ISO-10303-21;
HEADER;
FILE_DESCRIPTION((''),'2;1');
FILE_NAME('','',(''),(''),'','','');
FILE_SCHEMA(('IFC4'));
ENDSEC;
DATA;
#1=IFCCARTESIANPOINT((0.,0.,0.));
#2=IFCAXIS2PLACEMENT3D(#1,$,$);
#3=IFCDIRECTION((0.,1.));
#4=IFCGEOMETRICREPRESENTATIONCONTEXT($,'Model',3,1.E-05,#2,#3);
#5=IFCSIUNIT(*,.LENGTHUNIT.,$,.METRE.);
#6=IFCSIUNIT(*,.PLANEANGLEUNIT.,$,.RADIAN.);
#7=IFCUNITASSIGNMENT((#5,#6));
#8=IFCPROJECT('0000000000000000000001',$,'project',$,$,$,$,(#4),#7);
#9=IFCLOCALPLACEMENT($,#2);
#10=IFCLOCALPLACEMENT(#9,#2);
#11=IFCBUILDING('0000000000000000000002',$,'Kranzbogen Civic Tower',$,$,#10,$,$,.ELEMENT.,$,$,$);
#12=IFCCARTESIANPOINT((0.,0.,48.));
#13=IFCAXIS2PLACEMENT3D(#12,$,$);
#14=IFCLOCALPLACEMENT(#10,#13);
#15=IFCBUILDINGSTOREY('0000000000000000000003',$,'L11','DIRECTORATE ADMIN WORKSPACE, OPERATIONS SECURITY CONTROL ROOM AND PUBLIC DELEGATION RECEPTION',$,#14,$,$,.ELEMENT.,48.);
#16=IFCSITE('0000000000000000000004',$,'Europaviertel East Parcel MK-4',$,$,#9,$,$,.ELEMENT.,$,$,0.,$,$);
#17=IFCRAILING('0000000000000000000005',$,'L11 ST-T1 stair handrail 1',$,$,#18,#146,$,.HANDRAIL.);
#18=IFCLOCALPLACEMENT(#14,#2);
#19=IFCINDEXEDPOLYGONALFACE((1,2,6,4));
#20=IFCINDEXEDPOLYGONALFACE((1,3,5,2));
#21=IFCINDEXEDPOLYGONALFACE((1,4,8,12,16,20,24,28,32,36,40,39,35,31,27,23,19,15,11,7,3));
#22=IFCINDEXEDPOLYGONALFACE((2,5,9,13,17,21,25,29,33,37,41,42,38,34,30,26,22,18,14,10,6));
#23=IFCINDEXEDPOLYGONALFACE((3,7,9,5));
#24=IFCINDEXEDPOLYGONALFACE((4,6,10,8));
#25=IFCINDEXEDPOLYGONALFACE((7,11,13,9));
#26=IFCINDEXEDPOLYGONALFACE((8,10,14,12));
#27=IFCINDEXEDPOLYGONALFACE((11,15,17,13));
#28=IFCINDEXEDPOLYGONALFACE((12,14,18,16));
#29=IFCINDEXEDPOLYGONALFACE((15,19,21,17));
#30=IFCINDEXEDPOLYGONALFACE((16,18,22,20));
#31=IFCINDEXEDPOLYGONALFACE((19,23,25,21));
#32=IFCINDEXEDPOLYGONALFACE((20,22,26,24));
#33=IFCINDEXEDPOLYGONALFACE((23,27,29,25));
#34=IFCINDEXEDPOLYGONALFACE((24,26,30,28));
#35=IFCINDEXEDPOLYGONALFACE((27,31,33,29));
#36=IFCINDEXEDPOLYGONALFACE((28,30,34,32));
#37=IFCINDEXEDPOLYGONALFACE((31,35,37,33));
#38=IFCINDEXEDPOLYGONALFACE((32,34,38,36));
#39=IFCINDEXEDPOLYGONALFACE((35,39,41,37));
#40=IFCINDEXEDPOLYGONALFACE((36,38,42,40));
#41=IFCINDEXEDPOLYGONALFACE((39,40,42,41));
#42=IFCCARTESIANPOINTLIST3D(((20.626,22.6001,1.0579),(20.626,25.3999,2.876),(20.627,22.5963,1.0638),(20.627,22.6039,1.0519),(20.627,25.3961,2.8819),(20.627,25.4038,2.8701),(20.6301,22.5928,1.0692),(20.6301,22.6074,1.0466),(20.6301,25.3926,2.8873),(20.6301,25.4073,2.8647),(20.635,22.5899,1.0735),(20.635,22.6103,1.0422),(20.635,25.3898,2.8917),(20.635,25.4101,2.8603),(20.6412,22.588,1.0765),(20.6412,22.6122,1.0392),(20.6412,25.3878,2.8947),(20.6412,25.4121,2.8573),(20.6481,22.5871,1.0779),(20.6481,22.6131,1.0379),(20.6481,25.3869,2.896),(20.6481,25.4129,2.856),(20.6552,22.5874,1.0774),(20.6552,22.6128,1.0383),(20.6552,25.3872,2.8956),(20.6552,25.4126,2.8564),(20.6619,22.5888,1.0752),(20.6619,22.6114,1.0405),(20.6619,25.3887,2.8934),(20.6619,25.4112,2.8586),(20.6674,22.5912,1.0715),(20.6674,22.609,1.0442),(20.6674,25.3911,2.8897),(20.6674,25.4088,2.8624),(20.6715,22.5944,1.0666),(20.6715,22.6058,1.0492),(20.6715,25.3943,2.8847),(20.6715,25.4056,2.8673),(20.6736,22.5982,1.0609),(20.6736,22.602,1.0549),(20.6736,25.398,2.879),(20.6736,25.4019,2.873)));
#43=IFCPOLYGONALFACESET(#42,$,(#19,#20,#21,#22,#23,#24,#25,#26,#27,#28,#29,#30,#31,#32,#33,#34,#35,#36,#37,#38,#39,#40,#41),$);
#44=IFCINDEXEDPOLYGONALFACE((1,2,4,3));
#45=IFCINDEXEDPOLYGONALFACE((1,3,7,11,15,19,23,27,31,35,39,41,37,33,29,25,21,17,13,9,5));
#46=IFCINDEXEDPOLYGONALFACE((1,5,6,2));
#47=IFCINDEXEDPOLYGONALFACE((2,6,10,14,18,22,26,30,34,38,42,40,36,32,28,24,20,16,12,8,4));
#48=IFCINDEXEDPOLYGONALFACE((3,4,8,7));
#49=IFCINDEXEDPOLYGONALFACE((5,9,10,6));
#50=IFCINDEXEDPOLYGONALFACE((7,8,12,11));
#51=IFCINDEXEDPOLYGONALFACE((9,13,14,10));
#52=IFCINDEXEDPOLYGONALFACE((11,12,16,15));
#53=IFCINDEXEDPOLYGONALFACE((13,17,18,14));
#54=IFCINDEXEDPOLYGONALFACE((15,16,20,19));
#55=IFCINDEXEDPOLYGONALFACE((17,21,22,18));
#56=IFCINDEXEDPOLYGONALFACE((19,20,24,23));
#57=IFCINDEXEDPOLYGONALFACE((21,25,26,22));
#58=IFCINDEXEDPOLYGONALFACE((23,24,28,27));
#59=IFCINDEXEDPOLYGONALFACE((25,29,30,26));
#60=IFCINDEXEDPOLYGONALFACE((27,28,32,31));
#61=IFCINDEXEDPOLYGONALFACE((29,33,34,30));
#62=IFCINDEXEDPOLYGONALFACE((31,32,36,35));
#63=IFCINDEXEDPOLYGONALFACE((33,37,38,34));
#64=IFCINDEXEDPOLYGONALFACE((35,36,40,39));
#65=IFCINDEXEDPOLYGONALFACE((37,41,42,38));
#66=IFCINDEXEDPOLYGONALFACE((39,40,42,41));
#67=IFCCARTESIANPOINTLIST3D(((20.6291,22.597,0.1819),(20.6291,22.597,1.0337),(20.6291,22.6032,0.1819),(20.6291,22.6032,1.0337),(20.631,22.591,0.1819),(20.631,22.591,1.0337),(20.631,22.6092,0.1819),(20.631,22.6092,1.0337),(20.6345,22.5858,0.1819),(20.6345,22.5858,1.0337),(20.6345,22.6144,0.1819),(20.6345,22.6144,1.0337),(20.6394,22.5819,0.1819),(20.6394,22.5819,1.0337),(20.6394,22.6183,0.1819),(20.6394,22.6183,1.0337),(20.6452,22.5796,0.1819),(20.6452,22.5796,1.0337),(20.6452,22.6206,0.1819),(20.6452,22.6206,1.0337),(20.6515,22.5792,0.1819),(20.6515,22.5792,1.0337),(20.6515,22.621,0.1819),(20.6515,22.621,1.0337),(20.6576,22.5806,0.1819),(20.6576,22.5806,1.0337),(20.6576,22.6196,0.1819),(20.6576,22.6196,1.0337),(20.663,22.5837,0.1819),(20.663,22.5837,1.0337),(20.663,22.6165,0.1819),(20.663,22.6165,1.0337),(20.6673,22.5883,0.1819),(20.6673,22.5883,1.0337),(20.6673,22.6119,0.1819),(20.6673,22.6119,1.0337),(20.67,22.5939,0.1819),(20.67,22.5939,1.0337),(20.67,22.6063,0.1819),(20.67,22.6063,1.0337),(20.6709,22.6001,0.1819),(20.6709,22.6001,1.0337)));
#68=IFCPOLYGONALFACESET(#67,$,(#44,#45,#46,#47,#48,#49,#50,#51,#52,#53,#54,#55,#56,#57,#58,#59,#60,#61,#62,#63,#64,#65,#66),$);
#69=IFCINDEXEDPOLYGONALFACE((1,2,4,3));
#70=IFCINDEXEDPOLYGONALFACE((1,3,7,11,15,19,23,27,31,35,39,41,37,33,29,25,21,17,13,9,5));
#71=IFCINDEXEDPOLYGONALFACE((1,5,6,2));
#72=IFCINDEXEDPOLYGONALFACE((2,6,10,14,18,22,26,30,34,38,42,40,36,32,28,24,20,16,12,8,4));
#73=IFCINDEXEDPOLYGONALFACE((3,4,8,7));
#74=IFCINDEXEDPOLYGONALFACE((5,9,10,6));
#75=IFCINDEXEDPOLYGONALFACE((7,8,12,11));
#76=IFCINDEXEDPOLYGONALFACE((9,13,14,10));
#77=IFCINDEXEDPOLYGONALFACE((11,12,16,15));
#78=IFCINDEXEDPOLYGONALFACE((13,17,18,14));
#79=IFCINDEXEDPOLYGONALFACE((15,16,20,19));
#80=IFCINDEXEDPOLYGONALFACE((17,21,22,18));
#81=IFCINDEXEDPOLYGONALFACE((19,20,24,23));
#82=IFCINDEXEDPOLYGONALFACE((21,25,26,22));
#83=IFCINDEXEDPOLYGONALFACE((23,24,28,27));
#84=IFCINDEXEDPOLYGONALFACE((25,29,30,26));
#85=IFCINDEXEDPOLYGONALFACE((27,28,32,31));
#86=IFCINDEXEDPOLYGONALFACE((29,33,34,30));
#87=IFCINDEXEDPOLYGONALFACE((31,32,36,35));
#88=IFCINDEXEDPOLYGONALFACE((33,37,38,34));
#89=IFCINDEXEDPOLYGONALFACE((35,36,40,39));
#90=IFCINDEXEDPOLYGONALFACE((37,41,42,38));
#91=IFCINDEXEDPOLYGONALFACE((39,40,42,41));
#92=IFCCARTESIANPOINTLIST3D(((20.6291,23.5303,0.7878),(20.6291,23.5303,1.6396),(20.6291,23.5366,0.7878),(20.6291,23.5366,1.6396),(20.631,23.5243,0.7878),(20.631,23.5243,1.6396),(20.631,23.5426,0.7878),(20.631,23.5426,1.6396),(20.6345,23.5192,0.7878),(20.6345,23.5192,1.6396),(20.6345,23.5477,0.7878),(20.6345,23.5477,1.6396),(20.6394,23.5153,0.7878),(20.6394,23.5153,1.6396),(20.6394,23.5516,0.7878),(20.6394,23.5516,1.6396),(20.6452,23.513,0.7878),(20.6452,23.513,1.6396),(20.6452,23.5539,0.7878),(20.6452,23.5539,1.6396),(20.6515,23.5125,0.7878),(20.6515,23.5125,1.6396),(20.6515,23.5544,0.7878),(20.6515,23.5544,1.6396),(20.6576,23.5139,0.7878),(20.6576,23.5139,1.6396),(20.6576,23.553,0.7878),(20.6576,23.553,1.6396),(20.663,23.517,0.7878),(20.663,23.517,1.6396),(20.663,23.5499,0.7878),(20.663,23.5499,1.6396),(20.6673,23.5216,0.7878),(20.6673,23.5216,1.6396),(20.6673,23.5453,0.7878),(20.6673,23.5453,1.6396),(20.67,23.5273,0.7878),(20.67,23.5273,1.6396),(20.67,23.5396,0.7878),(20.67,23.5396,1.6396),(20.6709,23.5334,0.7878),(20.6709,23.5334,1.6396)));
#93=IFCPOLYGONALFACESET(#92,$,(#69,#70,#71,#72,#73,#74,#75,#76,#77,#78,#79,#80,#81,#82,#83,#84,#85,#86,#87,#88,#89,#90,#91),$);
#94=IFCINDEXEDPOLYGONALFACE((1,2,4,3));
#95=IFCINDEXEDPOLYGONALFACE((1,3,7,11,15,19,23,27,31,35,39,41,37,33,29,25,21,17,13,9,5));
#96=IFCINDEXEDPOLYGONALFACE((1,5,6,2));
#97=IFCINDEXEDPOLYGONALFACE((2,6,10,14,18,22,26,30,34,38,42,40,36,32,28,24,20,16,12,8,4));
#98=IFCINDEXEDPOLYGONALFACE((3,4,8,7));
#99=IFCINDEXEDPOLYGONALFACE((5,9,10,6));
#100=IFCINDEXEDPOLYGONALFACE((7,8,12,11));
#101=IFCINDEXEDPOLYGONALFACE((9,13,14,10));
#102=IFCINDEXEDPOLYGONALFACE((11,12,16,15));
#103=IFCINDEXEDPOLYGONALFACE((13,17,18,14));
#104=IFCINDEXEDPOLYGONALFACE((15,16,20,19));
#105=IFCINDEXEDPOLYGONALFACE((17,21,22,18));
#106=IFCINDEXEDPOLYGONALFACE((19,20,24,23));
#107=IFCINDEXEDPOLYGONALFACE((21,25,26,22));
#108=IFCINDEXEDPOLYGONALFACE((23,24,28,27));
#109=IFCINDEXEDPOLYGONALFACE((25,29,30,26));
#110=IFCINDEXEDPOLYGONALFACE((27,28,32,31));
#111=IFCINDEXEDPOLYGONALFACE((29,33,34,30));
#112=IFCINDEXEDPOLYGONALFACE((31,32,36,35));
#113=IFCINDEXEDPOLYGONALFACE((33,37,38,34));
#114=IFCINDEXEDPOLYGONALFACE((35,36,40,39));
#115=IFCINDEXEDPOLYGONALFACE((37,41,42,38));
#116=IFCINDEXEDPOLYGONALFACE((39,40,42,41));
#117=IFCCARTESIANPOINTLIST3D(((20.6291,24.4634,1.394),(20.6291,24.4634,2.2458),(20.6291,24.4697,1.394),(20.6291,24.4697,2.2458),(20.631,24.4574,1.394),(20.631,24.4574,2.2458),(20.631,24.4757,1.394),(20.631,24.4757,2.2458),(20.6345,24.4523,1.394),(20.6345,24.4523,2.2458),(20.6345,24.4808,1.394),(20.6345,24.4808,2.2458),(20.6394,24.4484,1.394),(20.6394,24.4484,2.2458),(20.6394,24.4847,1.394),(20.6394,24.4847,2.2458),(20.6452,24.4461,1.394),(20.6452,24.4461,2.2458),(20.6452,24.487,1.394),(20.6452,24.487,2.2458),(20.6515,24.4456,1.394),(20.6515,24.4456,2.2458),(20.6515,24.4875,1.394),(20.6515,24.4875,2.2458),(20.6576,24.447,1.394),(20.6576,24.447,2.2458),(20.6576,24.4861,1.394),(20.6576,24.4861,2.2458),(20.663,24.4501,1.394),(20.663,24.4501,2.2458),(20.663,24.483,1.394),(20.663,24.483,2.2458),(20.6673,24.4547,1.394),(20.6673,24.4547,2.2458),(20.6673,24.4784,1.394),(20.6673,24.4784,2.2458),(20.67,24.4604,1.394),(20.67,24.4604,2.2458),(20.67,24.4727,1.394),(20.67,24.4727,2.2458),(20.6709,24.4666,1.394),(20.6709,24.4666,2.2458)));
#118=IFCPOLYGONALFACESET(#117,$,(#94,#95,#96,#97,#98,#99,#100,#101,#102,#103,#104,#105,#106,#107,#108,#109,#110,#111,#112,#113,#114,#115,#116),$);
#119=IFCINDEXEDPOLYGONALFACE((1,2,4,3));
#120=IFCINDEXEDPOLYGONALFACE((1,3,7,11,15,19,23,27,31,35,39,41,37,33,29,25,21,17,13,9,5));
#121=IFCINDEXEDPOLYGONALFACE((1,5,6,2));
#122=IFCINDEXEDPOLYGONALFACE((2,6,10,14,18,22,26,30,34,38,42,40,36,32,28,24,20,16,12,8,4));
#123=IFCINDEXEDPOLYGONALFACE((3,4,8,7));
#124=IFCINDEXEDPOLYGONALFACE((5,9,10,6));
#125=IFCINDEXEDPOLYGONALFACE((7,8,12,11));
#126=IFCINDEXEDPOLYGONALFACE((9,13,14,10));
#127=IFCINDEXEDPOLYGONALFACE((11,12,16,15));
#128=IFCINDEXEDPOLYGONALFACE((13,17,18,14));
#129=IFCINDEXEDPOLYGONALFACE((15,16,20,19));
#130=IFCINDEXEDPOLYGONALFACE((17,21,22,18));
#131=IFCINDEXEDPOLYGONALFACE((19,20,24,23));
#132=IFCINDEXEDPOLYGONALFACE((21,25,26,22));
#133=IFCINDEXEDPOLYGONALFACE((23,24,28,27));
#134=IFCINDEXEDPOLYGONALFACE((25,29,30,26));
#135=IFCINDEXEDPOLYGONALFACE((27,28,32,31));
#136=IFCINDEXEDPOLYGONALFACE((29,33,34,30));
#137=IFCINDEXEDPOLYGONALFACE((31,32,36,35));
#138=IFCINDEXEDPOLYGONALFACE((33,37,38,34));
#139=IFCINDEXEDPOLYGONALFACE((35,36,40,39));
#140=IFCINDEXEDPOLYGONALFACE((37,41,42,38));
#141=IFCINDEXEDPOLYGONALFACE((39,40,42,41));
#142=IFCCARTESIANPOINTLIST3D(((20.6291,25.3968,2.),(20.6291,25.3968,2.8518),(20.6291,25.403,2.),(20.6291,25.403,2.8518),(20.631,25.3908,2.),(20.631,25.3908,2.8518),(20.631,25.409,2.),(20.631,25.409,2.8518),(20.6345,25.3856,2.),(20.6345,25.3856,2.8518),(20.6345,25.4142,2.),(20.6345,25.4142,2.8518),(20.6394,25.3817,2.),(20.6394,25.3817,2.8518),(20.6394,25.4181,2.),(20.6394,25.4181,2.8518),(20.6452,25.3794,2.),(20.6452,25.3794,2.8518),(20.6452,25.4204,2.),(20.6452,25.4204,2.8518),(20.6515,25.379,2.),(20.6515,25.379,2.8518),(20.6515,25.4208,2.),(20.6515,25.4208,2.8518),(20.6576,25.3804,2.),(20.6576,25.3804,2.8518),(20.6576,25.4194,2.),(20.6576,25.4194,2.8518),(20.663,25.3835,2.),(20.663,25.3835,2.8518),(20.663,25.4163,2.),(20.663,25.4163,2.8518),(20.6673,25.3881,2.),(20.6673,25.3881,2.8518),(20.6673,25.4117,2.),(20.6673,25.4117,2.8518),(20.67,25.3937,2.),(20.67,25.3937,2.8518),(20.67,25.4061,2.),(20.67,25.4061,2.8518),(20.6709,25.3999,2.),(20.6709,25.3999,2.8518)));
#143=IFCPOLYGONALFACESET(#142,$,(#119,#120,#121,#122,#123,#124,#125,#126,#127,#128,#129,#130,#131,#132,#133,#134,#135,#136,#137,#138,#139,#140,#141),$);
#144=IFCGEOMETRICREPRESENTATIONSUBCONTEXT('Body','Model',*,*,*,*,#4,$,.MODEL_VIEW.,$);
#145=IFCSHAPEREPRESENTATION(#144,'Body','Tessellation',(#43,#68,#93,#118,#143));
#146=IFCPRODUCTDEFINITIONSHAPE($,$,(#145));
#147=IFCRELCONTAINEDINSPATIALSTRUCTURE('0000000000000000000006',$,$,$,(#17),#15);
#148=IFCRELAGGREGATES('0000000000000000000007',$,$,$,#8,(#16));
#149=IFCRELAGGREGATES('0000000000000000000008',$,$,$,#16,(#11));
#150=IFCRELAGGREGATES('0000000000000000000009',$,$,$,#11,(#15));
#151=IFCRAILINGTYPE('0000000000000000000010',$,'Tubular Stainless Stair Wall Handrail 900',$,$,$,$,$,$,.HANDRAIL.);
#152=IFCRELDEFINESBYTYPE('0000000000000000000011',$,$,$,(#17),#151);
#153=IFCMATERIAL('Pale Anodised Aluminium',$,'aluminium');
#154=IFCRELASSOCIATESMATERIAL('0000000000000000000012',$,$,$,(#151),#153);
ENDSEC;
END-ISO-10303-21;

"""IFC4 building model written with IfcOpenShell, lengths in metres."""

from ifc_helpers import new_model, si_unit, direction, frame, origin, origin_2d, place, context, subcontext, project, spatial, circle, extrude, material, type_object, element, save


model = new_model("IFC4")

# Units and contexts
model_context = context("Model", 3, precision=1e-05, world=origin(), true_north=direction((0.0, 1.0)))
body_context = subcontext(model_context, "Body", "Model", "MODEL_VIEW")
ifc_project = project(units=[si_unit("LENGTHUNIT", "METRE"), si_unit("PLANEANGLEUNIT", "RADIAN")], contexts=[model_context])

# Site, building, storey
site_placement = place(None, origin())
site = spatial("IfcSite", under=ifc_project, at=site_placement, Name="Europaviertel East Parcel MK-4", CompositionType="ELEMENT", RefElevation=0.0)
building_placement = place(site_placement, origin())
building = spatial("IfcBuilding", under=site, at=building_placement, Name="Kranzbogen Civic Tower", CompositionType="ELEMENT")
storey_placement = place(building_placement, frame((0.0, 0.0, 48.0)))
storey = spatial("IfcBuildingStorey", under=building, at=storey_placement, Name="L11", Description="DIRECTORATE ADMIN WORKSPACE, OPERATIONS SECURITY CONTROL ROOM AND PUBLIC DELEGATION RECEPTION", CompositionType="ELEMENT", Elevation=48.0)

# Shared definitions
ifc_material_1 = material(Name="Pale Anodised Aluminium", Category="aluminium")

# Railing
railing_type_1 = type_object("IfcRailingType", Name="Tubular Stainless Stair Wall Handrail 900", PredefinedType="HANDRAIL", material=ifc_material_1)
railing_1_placement = place(storey_placement, frame((20.6499, 22.6001, 0.1819)))
element("IfcRailing", 1, at=railing_1_placement, inside=storey, type_object=railing_type_1, Name="L11 ST-T1 stair handrail 1", PredefinedType="HANDRAIL", context=body_context, shape_type="SweptSolid", body=[
    extrude(circle(Radius=0.0239, at=origin_2d()), frame((0.0, 0.0, 0.876), z_axis=(0.0, 0.838684, 0.544618), x_axis=(-1.0, 0.0, 0.0)), (0.0, 0.0, 1.0), 3.3384),
    extrude(circle(Radius=0.021, at=origin_2d()), origin(), (0.0, 0.0, 1.0), 0.8518),
    extrude(circle(Radius=0.021, at=origin_2d()), frame((0.0, 0.9333, 0.606)), (0.0, 0.0, 1.0), 0.8518),
    extrude(circle(Radius=0.021, at=origin_2d()), frame((0.0, 1.8665, 1.2122)), (0.0, 0.0, 1.0), 0.8518),
    extrude(circle(Radius=0.021, at=origin_2d()), frame((0.0, 2.7998, 1.8181)), (0.0, 0.0, 1.0), 0.8518),
])

save(model, "model.ifc")
